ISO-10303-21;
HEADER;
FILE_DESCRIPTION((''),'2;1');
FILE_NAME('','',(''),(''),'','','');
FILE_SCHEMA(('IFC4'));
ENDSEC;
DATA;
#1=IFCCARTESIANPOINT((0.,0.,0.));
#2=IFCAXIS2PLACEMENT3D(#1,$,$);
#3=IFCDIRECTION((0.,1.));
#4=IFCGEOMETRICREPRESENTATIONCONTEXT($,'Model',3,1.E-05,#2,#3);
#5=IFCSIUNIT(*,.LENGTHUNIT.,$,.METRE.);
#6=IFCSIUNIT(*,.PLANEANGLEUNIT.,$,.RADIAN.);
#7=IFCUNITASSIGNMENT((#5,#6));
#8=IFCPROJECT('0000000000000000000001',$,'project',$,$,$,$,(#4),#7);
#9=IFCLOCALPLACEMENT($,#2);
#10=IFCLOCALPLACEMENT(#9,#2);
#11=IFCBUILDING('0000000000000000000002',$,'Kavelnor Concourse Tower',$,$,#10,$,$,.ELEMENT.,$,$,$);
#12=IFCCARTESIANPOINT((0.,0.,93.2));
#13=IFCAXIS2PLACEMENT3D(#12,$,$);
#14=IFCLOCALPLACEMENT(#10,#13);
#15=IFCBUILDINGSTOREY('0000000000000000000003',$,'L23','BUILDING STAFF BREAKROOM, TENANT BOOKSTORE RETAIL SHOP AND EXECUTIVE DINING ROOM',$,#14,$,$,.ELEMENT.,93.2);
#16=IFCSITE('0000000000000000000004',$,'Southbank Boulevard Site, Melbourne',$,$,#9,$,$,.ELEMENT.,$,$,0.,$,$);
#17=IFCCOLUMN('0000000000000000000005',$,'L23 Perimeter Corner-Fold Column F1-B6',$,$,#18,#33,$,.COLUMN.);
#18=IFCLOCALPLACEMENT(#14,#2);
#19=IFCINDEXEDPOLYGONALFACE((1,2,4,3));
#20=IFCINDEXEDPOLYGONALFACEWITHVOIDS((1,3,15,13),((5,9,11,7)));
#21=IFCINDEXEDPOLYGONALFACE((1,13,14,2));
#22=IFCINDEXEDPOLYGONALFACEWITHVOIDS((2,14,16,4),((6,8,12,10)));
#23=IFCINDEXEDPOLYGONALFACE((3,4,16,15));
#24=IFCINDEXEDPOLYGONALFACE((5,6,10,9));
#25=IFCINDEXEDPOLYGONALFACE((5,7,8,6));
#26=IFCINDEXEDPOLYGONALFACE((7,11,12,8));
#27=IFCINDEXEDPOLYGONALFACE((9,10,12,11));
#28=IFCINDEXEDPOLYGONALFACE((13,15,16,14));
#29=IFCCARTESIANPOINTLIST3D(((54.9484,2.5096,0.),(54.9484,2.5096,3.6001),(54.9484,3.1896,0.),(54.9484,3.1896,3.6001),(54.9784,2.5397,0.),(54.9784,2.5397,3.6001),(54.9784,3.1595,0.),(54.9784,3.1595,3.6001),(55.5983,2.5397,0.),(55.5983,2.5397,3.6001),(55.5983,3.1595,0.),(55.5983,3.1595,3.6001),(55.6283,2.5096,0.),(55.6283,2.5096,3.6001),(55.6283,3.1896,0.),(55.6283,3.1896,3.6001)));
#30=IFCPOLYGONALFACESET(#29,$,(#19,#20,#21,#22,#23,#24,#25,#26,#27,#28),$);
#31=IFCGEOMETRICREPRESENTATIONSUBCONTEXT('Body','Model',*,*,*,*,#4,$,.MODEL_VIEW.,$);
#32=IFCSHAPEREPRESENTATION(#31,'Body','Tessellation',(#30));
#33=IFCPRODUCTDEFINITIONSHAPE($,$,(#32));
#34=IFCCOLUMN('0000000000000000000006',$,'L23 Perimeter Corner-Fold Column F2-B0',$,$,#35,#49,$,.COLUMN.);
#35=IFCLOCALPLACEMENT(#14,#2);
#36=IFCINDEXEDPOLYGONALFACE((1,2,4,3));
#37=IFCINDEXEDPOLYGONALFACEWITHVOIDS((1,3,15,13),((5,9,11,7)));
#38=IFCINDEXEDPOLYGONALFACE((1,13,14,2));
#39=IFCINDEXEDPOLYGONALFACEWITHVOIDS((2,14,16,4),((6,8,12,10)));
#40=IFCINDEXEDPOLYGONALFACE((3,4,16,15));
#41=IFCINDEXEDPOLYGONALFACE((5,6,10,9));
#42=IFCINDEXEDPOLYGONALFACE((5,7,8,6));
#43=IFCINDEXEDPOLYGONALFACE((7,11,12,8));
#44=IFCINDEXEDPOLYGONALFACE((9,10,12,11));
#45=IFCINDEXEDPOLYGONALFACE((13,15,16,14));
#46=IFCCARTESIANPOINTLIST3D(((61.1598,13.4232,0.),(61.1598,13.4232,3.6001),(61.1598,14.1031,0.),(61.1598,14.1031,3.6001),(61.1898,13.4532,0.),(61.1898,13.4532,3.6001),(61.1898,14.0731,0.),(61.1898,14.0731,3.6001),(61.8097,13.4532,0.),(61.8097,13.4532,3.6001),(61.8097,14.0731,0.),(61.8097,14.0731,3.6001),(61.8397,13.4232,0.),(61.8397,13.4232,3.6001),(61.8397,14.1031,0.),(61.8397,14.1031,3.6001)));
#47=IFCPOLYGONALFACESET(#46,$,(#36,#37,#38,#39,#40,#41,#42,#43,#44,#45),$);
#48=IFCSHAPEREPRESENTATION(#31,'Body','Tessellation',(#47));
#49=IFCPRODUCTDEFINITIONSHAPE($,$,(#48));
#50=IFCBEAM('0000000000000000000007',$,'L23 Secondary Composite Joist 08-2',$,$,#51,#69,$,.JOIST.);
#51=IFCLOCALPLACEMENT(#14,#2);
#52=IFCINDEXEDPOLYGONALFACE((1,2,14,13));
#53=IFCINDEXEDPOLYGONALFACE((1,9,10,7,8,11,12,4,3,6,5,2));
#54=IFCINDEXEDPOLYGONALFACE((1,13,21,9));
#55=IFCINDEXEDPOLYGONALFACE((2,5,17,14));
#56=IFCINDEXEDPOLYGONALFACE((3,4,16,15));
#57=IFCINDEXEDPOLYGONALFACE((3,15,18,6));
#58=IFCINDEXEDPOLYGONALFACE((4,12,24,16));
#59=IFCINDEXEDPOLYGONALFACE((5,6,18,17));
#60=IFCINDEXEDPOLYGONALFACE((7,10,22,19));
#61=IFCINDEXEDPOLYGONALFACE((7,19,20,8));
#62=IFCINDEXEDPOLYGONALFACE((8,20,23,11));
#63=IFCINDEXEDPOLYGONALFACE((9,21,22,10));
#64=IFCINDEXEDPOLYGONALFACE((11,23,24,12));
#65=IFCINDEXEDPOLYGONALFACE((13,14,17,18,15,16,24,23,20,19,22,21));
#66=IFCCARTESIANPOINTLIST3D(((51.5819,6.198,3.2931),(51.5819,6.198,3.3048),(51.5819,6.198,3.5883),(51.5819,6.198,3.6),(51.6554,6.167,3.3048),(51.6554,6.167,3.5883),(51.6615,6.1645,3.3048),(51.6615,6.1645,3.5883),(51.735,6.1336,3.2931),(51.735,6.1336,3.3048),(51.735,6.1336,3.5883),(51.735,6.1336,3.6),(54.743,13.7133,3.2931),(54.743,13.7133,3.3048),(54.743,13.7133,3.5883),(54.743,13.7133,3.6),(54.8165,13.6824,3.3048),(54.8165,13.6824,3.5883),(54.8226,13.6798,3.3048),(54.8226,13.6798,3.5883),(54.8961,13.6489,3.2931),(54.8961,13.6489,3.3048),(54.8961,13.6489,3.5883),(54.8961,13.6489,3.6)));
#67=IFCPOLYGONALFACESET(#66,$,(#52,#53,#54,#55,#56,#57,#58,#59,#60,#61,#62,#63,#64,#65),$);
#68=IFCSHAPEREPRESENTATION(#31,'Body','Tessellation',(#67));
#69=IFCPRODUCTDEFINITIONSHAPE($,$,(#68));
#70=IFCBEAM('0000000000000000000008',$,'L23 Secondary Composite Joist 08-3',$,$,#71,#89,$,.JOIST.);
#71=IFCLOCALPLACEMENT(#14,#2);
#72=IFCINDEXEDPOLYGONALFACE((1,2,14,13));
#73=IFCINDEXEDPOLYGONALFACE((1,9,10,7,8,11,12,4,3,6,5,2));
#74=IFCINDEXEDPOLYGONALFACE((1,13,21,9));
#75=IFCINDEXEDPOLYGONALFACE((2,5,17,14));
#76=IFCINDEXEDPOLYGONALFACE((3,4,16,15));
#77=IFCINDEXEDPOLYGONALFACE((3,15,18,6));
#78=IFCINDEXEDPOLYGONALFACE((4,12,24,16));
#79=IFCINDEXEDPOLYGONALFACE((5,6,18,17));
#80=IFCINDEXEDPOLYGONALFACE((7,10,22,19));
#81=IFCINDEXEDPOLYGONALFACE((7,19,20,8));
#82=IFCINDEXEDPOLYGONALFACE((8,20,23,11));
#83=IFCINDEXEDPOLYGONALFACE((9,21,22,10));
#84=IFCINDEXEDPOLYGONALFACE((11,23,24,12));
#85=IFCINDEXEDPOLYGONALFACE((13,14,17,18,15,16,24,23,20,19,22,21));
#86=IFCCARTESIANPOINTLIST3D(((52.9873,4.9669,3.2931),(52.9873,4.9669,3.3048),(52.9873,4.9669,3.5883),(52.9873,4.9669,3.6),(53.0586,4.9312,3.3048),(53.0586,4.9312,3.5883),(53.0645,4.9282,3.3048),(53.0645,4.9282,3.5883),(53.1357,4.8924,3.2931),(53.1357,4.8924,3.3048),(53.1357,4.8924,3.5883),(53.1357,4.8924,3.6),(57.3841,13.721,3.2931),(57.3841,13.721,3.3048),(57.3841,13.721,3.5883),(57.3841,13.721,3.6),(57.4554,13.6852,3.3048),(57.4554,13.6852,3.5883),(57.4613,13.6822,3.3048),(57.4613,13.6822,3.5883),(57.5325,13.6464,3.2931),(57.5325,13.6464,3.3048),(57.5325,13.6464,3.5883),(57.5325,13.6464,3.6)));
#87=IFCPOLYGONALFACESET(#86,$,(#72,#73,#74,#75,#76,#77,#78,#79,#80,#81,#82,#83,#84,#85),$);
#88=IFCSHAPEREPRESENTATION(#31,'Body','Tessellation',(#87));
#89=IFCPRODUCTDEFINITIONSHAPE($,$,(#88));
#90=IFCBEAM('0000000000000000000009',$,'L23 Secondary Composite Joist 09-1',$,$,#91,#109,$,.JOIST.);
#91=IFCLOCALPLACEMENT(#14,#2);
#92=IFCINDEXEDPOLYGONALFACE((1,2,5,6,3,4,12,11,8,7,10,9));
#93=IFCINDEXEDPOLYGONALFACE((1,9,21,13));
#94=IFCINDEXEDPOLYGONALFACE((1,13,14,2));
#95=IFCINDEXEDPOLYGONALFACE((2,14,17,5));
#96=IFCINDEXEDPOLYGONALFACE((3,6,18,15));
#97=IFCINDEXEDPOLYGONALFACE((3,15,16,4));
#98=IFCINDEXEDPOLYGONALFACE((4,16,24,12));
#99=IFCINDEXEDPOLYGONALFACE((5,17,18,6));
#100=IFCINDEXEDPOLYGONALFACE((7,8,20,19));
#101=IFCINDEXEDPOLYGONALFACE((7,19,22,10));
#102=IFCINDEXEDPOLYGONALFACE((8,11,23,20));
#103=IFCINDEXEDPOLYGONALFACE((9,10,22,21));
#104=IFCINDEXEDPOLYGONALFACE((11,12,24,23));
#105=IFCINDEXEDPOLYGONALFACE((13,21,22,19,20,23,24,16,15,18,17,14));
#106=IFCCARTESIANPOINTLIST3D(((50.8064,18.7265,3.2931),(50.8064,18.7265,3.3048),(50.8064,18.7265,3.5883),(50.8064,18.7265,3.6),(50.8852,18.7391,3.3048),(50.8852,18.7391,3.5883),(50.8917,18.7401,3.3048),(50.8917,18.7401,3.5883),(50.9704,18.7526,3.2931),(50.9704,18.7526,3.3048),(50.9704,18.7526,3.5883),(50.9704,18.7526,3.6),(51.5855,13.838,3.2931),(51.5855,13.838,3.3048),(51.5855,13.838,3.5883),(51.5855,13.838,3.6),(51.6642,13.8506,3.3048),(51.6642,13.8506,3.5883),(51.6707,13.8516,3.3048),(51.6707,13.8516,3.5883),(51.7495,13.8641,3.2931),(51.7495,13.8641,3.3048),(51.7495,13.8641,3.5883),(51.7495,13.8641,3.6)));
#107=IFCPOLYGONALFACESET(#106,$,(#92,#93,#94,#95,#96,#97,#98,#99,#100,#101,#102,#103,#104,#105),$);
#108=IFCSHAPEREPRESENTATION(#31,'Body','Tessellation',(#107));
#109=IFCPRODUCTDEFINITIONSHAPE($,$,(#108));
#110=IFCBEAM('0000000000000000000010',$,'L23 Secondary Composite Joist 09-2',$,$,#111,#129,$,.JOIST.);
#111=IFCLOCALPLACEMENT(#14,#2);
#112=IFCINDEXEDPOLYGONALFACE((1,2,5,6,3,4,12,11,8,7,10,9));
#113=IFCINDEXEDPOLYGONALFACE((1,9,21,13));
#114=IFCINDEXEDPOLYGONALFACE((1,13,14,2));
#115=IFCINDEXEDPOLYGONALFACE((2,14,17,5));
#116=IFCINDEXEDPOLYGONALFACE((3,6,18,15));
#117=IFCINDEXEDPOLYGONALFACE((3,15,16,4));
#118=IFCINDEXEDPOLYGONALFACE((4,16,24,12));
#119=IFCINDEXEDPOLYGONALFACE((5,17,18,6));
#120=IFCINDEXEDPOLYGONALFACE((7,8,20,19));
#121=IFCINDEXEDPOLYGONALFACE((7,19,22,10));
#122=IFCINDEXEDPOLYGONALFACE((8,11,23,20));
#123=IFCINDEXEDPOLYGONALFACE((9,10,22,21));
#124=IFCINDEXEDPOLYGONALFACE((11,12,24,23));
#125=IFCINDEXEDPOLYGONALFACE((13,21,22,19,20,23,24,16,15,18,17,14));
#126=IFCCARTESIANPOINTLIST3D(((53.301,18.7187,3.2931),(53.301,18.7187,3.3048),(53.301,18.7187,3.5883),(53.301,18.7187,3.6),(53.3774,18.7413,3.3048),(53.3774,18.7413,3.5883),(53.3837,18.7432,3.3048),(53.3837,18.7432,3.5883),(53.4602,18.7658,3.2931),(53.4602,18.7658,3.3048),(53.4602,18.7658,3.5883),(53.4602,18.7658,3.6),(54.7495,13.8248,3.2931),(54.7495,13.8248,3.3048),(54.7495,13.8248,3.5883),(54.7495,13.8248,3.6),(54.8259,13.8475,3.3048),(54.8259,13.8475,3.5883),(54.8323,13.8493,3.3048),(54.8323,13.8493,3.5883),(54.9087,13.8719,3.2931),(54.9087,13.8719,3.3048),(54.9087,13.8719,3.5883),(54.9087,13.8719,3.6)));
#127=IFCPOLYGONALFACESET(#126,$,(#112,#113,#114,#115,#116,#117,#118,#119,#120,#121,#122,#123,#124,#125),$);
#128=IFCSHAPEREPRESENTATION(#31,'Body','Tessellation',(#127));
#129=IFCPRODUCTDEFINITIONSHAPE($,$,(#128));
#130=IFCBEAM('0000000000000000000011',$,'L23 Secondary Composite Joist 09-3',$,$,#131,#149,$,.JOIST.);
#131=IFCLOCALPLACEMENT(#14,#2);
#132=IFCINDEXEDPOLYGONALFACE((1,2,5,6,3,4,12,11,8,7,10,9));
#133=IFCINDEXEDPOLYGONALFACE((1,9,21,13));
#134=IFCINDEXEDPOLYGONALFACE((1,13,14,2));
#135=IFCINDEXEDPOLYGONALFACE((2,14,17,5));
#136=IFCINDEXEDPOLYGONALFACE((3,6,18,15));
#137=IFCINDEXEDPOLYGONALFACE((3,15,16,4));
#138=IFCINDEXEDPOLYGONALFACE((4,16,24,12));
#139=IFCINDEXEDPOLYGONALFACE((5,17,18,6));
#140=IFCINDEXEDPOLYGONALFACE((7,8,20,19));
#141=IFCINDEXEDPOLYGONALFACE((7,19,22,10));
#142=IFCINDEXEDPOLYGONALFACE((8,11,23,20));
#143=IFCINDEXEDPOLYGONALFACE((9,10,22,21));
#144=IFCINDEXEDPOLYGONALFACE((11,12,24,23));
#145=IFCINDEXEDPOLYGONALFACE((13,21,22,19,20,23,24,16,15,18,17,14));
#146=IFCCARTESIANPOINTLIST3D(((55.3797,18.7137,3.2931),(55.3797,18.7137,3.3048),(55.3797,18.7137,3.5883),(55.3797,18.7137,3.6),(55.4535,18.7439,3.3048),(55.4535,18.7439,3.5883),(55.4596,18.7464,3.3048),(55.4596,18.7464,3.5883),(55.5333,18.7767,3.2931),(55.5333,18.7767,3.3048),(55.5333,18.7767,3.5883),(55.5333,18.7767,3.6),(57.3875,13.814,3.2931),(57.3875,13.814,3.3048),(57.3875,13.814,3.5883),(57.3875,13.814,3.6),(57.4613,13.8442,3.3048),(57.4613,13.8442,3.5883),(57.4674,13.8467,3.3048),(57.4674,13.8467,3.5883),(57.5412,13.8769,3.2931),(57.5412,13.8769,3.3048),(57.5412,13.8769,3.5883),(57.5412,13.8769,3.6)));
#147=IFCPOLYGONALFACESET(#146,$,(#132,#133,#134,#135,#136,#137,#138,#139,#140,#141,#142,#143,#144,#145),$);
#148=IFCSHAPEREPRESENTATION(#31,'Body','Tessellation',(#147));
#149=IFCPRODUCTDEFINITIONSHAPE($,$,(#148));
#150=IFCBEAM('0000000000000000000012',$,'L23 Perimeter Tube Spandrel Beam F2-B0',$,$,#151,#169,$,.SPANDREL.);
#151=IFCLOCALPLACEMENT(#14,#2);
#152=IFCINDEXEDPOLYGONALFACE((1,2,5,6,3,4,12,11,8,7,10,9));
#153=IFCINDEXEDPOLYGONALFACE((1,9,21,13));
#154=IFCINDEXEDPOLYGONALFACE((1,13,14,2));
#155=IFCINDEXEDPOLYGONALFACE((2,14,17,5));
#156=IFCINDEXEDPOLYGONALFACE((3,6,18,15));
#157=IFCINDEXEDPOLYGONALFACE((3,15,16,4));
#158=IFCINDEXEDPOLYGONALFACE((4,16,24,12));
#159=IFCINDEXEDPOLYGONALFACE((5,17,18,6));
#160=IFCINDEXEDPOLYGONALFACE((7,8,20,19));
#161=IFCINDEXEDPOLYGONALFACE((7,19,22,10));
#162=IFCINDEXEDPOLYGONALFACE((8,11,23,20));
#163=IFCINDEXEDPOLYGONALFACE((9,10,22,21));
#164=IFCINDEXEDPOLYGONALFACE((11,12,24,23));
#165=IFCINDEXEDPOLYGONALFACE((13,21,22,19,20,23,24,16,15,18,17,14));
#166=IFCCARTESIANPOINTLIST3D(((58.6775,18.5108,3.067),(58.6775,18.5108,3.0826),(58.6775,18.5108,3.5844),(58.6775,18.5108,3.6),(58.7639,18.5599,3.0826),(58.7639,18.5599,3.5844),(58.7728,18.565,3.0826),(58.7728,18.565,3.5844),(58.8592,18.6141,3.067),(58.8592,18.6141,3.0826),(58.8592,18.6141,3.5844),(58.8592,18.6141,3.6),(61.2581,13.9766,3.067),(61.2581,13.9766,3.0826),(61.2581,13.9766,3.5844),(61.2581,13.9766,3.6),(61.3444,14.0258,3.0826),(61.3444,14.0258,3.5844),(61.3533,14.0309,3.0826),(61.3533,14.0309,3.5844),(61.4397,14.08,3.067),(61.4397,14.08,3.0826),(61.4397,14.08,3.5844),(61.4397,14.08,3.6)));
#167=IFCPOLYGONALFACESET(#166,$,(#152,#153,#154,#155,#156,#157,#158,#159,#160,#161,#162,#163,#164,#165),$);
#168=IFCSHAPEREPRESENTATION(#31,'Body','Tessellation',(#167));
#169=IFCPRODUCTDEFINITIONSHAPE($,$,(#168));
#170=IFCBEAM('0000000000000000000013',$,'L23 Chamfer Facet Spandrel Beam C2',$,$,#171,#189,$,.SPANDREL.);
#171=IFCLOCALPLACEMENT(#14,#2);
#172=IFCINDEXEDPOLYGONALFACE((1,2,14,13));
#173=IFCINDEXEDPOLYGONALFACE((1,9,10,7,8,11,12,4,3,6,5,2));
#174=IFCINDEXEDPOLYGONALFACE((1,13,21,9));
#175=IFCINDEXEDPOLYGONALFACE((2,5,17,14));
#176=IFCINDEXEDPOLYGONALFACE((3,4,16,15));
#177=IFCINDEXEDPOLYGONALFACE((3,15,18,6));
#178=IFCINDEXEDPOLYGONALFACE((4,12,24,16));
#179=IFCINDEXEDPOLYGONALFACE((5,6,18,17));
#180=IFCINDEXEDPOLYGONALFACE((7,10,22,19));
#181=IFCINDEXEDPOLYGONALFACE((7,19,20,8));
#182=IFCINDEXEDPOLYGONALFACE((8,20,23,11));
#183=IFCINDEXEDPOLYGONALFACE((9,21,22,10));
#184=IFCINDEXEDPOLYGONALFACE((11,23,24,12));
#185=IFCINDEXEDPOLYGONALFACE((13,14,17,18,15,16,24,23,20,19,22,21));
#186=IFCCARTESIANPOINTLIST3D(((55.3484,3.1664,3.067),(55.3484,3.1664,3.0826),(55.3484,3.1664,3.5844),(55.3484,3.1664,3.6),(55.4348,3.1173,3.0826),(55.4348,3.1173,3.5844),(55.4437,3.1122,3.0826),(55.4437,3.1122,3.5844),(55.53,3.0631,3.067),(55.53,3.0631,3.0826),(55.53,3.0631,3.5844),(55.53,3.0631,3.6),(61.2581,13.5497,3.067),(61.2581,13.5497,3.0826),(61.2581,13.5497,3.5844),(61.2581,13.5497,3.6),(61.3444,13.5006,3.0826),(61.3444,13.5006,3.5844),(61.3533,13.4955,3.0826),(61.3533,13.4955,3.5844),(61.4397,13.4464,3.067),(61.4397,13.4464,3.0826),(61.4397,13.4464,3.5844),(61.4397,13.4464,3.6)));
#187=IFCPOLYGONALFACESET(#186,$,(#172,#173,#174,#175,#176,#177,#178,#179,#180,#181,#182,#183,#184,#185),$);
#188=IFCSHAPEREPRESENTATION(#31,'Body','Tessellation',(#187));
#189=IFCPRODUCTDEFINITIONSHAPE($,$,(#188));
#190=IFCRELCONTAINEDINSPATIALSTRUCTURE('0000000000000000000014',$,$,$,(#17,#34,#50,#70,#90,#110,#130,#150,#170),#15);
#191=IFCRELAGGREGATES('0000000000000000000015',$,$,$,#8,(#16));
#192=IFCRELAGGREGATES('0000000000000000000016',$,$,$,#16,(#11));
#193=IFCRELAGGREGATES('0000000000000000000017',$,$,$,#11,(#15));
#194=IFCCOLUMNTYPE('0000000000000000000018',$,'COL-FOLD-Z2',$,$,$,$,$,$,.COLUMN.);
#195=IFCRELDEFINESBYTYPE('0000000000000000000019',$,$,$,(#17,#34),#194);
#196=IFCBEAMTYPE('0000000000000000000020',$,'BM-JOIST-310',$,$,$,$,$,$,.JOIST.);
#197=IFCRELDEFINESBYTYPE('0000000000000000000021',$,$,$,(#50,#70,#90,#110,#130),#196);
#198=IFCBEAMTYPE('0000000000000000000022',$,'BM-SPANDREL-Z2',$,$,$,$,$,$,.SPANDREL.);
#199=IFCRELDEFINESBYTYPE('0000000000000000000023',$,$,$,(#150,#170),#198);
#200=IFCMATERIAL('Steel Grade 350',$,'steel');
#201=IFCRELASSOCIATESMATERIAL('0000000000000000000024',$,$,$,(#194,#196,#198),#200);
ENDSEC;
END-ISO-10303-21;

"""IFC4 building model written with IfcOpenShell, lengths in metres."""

from ifc_helpers import new_model, si_unit, direction, frame, origin, origin_2d, place, context, subcontext, project, spatial, hollow_rectangle, i_section, extrude, material, material_profile, profile_set, type_object, element, save


model = new_model("IFC4")

# Units and contexts
model_context = context("Model", 3, precision=1e-05, world=origin(), true_north=direction((0.0, 1.0)))
body_context = subcontext(model_context, "Body", "Model", "MODEL_VIEW")
ifc_project = project(units=[si_unit("LENGTHUNIT", "METRE"), si_unit("PLANEANGLEUNIT", "RADIAN")], contexts=[model_context])

# Site, building, storey
site_placement = place(None, origin())
site = spatial("IfcSite", under=ifc_project, at=site_placement, Name="Southbank Boulevard Site, Melbourne", CompositionType="ELEMENT", RefElevation=0.0)
building_placement = place(site_placement, origin())
building = spatial("IfcBuilding", under=site, at=building_placement, Name="Kavelnor Concourse Tower", CompositionType="ELEMENT")
storey_placement = place(building_placement, frame((0.0, 0.0, 93.2)))
storey = spatial("IfcBuildingStorey", under=building, at=storey_placement, Name="L23", Description="BUILDING STAFF BREAKROOM, TENANT BOOKSTORE RETAIL SHOP AND EXECUTIVE DINING ROOM", CompositionType="ELEMENT", Elevation=93.2)

# Columns
ifc_material_1 = material(Name="Steel Grade 350", Category="steel")
ifc_material_profile_1 = material_profile(ifc_material_1, hollow_rectangle(XDim=0.6799, YDim=0.6799, WallThickness=0.03, at=origin_2d()), Name="SHS 680x680x30")
ifc_profile_set_1 = profile_set([ifc_material_profile_1], Name="Steel Grade 350")
column_type = type_object("IfcColumnType", Name="COL-FOLD-Z2", PredefinedType="COLUMN", material=ifc_profile_set_1)
for number, where, z_axis, x_axis, name in (
    (1, (55.2883, 2.8496, 0.0), (0.0, 0.0, 1.0), (1.0, 0.0, 0.0), "L23 Perimeter Corner-Fold Column F1-B6"),
    (2, (61.4998, 13.7632, 0.0), (0.0, 0.0, 1.0), (1.0, 0.0, 0.0), "L23 Perimeter Corner-Fold Column F2-B0"),
):
    element("IfcColumn", number, at=place(storey_placement, frame(where, z_axis=z_axis, x_axis=x_axis)), inside=storey, type_object=column_type, Name=name, PredefinedType="COLUMN", context=body_context, shape_type="SweptSolid", body=[
        extrude(hollow_rectangle(XDim=0.6799, YDim=0.6799, WallThickness=0.03, at=origin_2d()), origin(), (0.0, 0.0, 1.0), 3.6001),
    ])

# Beams
ifc_material_profile_2 = material_profile(ifc_material_1, i_section(OverallWidth=0.166, OverallDepth=0.3069, WebThickness=0.0066, FlangeThickness=0.0117, at=origin_2d()), Name="310UB46")
ifc_profile_set_2 = profile_set([ifc_material_profile_2], Name="Steel Grade 350")
beam_type_1 = type_object("IfcBeamType", Name="BM-JOIST-310", PredefinedType="JOIST", material=ifc_profile_set_2)
beam_1_placement = place(storey_placement, frame((51.6584, 6.1658, 3.4465), z_axis=(0.38772, 0.921777, 0.0), x_axis=(-0.921777, 0.38772, 0.0)))
element("IfcBeam", 3, at=beam_1_placement, inside=storey, type_object=beam_type_1, Name="L23 Secondary Composite Joist 08-2", PredefinedType="JOIST", context=body_context, shape_type="SweptSolid", body=[
    extrude(i_section(OverallWidth=0.166, OverallDepth=0.3069, WebThickness=0.0066, FlangeThickness=0.0117, at=origin_2d()), origin(), (0.0, 0.0, 1.0), 8.1531),
])
beam_2_placement = place(storey_placement, frame((53.0615, 4.9297, 3.4465), z_axis=(0.448828, 0.893618, 0.0), x_axis=(-0.893618, 0.448828, 0.0)))
element("IfcBeam", 4, at=beam_2_placement, inside=storey, type_object=beam_type_1, Name="L23 Secondary Composite Joist 08-3", PredefinedType="JOIST", context=body_context, shape_type="SweptSolid", body=[
    extrude(i_section(OverallWidth=0.166, OverallDepth=0.3069, WebThickness=0.0066, FlangeThickness=0.0117, at=origin_2d()), origin(), (0.0, 0.0, 1.0), 9.7961),
])
beam_3_placement = place(storey_placement, frame((51.6675, 13.8511, 3.4465), z_axis=(-0.157381, 0.987538, 0.0), x_axis=(-0.987538, -0.157381, 0.0)))
element("IfcBeam", 5, at=beam_3_placement, inside=storey, type_object=beam_type_1, Name="L23 Secondary Composite Joist 09-1", PredefinedType="JOIST", context=body_context, shape_type="SweptSolid", body=[
    extrude(i_section(OverallWidth=0.166, OverallDepth=0.3069, WebThickness=0.0066, FlangeThickness=0.0117, at=origin_2d()), origin(), (0.0, 0.0, 1.0), 4.9502),
])
beam_4_placement = place(storey_placement, frame((54.8291, 13.8484, 3.4465), z_axis=(-0.283813, 0.95888, 0.0), x_axis=(-0.95888, -0.283813, 0.0)))
element("IfcBeam", 6, at=beam_4_placement, inside=storey, type_object=beam_type_1, Name="L23 Secondary Composite Joist 09-2", PredefinedType="JOIST", context=body_context, shape_type="SweptSolid", body=[
    extrude(i_section(OverallWidth=0.166, OverallDepth=0.3069, WebThickness=0.0066, FlangeThickness=0.0117, at=origin_2d()), origin(), (0.0, 0.0, 1.0), 5.1038),
])
beam_5_placement = place(storey_placement, frame((57.4644, 13.8455, 3.4465), z_axis=(-0.379184, 0.925321, 0.0), x_axis=(-0.925321, -0.379184, 0.0)))
element("IfcBeam", 7, at=beam_5_placement, inside=storey, type_object=beam_type_1, Name="L23 Secondary Composite Joist 09-3", PredefinedType="JOIST", context=body_context, shape_type="SweptSolid", body=[
    extrude(i_section(OverallWidth=0.166, OverallDepth=0.3069, WebThickness=0.0066, FlangeThickness=0.0117, at=origin_2d()), origin(), (0.0, 0.0, 1.0), 5.2952),
])
ifc_material_profile_3 = material_profile(ifc_material_1, i_section(OverallWidth=0.209, OverallDepth=0.533, WebThickness=0.0103, FlangeThickness=0.0156, at=origin_2d()), Name="530UB92")
ifc_profile_set_3 = profile_set([ifc_material_profile_3], Name="Steel Grade 350")
beam_type_2 = type_object("IfcBeamType", Name="BM-SPANDREL-Z2", PredefinedType="SPANDREL", material=ifc_profile_set_3)
beam_6_placement = place(storey_placement, frame((61.3489, 14.0283, 3.3335), z_axis=(-0.494636, 0.8691, 0.0), x_axis=(-0.8691, -0.494636, 0.0)))
element("IfcBeam", 8, at=beam_6_placement, inside=storey, type_object=beam_type_2, Name="L23 Perimeter Tube Spandrel Beam F2-B0", PredefinedType="SPANDREL", context=body_context, shape_type="SweptSolid", body=[
    extrude(i_section(OverallWidth=0.209, OverallDepth=0.533, WebThickness=0.0103, FlangeThickness=0.0156, at=origin_2d()), origin(), (0.0, 0.0, 1.0), 5.217),
])
beam_7_placement = place(storey_placement, frame((55.4392, 3.1147, 3.3335), z_axis=(0.494646, 0.869094, 0.0), x_axis=(-0.869094, 0.494646, 0.0)))
element("IfcBeam", 9, at=beam_7_placement, inside=storey, type_object=beam_type_2, Name="L23 Chamfer Facet Spandrel Beam C2", PredefinedType="SPANDREL", context=body_context, shape_type="SweptSolid", body=[
    extrude(i_section(OverallWidth=0.209, OverallDepth=0.533, WebThickness=0.0103, FlangeThickness=0.0156, at=origin_2d()), origin(), (0.0, 0.0, 1.0), 11.9473),
])

save(model, "model.ifc")
